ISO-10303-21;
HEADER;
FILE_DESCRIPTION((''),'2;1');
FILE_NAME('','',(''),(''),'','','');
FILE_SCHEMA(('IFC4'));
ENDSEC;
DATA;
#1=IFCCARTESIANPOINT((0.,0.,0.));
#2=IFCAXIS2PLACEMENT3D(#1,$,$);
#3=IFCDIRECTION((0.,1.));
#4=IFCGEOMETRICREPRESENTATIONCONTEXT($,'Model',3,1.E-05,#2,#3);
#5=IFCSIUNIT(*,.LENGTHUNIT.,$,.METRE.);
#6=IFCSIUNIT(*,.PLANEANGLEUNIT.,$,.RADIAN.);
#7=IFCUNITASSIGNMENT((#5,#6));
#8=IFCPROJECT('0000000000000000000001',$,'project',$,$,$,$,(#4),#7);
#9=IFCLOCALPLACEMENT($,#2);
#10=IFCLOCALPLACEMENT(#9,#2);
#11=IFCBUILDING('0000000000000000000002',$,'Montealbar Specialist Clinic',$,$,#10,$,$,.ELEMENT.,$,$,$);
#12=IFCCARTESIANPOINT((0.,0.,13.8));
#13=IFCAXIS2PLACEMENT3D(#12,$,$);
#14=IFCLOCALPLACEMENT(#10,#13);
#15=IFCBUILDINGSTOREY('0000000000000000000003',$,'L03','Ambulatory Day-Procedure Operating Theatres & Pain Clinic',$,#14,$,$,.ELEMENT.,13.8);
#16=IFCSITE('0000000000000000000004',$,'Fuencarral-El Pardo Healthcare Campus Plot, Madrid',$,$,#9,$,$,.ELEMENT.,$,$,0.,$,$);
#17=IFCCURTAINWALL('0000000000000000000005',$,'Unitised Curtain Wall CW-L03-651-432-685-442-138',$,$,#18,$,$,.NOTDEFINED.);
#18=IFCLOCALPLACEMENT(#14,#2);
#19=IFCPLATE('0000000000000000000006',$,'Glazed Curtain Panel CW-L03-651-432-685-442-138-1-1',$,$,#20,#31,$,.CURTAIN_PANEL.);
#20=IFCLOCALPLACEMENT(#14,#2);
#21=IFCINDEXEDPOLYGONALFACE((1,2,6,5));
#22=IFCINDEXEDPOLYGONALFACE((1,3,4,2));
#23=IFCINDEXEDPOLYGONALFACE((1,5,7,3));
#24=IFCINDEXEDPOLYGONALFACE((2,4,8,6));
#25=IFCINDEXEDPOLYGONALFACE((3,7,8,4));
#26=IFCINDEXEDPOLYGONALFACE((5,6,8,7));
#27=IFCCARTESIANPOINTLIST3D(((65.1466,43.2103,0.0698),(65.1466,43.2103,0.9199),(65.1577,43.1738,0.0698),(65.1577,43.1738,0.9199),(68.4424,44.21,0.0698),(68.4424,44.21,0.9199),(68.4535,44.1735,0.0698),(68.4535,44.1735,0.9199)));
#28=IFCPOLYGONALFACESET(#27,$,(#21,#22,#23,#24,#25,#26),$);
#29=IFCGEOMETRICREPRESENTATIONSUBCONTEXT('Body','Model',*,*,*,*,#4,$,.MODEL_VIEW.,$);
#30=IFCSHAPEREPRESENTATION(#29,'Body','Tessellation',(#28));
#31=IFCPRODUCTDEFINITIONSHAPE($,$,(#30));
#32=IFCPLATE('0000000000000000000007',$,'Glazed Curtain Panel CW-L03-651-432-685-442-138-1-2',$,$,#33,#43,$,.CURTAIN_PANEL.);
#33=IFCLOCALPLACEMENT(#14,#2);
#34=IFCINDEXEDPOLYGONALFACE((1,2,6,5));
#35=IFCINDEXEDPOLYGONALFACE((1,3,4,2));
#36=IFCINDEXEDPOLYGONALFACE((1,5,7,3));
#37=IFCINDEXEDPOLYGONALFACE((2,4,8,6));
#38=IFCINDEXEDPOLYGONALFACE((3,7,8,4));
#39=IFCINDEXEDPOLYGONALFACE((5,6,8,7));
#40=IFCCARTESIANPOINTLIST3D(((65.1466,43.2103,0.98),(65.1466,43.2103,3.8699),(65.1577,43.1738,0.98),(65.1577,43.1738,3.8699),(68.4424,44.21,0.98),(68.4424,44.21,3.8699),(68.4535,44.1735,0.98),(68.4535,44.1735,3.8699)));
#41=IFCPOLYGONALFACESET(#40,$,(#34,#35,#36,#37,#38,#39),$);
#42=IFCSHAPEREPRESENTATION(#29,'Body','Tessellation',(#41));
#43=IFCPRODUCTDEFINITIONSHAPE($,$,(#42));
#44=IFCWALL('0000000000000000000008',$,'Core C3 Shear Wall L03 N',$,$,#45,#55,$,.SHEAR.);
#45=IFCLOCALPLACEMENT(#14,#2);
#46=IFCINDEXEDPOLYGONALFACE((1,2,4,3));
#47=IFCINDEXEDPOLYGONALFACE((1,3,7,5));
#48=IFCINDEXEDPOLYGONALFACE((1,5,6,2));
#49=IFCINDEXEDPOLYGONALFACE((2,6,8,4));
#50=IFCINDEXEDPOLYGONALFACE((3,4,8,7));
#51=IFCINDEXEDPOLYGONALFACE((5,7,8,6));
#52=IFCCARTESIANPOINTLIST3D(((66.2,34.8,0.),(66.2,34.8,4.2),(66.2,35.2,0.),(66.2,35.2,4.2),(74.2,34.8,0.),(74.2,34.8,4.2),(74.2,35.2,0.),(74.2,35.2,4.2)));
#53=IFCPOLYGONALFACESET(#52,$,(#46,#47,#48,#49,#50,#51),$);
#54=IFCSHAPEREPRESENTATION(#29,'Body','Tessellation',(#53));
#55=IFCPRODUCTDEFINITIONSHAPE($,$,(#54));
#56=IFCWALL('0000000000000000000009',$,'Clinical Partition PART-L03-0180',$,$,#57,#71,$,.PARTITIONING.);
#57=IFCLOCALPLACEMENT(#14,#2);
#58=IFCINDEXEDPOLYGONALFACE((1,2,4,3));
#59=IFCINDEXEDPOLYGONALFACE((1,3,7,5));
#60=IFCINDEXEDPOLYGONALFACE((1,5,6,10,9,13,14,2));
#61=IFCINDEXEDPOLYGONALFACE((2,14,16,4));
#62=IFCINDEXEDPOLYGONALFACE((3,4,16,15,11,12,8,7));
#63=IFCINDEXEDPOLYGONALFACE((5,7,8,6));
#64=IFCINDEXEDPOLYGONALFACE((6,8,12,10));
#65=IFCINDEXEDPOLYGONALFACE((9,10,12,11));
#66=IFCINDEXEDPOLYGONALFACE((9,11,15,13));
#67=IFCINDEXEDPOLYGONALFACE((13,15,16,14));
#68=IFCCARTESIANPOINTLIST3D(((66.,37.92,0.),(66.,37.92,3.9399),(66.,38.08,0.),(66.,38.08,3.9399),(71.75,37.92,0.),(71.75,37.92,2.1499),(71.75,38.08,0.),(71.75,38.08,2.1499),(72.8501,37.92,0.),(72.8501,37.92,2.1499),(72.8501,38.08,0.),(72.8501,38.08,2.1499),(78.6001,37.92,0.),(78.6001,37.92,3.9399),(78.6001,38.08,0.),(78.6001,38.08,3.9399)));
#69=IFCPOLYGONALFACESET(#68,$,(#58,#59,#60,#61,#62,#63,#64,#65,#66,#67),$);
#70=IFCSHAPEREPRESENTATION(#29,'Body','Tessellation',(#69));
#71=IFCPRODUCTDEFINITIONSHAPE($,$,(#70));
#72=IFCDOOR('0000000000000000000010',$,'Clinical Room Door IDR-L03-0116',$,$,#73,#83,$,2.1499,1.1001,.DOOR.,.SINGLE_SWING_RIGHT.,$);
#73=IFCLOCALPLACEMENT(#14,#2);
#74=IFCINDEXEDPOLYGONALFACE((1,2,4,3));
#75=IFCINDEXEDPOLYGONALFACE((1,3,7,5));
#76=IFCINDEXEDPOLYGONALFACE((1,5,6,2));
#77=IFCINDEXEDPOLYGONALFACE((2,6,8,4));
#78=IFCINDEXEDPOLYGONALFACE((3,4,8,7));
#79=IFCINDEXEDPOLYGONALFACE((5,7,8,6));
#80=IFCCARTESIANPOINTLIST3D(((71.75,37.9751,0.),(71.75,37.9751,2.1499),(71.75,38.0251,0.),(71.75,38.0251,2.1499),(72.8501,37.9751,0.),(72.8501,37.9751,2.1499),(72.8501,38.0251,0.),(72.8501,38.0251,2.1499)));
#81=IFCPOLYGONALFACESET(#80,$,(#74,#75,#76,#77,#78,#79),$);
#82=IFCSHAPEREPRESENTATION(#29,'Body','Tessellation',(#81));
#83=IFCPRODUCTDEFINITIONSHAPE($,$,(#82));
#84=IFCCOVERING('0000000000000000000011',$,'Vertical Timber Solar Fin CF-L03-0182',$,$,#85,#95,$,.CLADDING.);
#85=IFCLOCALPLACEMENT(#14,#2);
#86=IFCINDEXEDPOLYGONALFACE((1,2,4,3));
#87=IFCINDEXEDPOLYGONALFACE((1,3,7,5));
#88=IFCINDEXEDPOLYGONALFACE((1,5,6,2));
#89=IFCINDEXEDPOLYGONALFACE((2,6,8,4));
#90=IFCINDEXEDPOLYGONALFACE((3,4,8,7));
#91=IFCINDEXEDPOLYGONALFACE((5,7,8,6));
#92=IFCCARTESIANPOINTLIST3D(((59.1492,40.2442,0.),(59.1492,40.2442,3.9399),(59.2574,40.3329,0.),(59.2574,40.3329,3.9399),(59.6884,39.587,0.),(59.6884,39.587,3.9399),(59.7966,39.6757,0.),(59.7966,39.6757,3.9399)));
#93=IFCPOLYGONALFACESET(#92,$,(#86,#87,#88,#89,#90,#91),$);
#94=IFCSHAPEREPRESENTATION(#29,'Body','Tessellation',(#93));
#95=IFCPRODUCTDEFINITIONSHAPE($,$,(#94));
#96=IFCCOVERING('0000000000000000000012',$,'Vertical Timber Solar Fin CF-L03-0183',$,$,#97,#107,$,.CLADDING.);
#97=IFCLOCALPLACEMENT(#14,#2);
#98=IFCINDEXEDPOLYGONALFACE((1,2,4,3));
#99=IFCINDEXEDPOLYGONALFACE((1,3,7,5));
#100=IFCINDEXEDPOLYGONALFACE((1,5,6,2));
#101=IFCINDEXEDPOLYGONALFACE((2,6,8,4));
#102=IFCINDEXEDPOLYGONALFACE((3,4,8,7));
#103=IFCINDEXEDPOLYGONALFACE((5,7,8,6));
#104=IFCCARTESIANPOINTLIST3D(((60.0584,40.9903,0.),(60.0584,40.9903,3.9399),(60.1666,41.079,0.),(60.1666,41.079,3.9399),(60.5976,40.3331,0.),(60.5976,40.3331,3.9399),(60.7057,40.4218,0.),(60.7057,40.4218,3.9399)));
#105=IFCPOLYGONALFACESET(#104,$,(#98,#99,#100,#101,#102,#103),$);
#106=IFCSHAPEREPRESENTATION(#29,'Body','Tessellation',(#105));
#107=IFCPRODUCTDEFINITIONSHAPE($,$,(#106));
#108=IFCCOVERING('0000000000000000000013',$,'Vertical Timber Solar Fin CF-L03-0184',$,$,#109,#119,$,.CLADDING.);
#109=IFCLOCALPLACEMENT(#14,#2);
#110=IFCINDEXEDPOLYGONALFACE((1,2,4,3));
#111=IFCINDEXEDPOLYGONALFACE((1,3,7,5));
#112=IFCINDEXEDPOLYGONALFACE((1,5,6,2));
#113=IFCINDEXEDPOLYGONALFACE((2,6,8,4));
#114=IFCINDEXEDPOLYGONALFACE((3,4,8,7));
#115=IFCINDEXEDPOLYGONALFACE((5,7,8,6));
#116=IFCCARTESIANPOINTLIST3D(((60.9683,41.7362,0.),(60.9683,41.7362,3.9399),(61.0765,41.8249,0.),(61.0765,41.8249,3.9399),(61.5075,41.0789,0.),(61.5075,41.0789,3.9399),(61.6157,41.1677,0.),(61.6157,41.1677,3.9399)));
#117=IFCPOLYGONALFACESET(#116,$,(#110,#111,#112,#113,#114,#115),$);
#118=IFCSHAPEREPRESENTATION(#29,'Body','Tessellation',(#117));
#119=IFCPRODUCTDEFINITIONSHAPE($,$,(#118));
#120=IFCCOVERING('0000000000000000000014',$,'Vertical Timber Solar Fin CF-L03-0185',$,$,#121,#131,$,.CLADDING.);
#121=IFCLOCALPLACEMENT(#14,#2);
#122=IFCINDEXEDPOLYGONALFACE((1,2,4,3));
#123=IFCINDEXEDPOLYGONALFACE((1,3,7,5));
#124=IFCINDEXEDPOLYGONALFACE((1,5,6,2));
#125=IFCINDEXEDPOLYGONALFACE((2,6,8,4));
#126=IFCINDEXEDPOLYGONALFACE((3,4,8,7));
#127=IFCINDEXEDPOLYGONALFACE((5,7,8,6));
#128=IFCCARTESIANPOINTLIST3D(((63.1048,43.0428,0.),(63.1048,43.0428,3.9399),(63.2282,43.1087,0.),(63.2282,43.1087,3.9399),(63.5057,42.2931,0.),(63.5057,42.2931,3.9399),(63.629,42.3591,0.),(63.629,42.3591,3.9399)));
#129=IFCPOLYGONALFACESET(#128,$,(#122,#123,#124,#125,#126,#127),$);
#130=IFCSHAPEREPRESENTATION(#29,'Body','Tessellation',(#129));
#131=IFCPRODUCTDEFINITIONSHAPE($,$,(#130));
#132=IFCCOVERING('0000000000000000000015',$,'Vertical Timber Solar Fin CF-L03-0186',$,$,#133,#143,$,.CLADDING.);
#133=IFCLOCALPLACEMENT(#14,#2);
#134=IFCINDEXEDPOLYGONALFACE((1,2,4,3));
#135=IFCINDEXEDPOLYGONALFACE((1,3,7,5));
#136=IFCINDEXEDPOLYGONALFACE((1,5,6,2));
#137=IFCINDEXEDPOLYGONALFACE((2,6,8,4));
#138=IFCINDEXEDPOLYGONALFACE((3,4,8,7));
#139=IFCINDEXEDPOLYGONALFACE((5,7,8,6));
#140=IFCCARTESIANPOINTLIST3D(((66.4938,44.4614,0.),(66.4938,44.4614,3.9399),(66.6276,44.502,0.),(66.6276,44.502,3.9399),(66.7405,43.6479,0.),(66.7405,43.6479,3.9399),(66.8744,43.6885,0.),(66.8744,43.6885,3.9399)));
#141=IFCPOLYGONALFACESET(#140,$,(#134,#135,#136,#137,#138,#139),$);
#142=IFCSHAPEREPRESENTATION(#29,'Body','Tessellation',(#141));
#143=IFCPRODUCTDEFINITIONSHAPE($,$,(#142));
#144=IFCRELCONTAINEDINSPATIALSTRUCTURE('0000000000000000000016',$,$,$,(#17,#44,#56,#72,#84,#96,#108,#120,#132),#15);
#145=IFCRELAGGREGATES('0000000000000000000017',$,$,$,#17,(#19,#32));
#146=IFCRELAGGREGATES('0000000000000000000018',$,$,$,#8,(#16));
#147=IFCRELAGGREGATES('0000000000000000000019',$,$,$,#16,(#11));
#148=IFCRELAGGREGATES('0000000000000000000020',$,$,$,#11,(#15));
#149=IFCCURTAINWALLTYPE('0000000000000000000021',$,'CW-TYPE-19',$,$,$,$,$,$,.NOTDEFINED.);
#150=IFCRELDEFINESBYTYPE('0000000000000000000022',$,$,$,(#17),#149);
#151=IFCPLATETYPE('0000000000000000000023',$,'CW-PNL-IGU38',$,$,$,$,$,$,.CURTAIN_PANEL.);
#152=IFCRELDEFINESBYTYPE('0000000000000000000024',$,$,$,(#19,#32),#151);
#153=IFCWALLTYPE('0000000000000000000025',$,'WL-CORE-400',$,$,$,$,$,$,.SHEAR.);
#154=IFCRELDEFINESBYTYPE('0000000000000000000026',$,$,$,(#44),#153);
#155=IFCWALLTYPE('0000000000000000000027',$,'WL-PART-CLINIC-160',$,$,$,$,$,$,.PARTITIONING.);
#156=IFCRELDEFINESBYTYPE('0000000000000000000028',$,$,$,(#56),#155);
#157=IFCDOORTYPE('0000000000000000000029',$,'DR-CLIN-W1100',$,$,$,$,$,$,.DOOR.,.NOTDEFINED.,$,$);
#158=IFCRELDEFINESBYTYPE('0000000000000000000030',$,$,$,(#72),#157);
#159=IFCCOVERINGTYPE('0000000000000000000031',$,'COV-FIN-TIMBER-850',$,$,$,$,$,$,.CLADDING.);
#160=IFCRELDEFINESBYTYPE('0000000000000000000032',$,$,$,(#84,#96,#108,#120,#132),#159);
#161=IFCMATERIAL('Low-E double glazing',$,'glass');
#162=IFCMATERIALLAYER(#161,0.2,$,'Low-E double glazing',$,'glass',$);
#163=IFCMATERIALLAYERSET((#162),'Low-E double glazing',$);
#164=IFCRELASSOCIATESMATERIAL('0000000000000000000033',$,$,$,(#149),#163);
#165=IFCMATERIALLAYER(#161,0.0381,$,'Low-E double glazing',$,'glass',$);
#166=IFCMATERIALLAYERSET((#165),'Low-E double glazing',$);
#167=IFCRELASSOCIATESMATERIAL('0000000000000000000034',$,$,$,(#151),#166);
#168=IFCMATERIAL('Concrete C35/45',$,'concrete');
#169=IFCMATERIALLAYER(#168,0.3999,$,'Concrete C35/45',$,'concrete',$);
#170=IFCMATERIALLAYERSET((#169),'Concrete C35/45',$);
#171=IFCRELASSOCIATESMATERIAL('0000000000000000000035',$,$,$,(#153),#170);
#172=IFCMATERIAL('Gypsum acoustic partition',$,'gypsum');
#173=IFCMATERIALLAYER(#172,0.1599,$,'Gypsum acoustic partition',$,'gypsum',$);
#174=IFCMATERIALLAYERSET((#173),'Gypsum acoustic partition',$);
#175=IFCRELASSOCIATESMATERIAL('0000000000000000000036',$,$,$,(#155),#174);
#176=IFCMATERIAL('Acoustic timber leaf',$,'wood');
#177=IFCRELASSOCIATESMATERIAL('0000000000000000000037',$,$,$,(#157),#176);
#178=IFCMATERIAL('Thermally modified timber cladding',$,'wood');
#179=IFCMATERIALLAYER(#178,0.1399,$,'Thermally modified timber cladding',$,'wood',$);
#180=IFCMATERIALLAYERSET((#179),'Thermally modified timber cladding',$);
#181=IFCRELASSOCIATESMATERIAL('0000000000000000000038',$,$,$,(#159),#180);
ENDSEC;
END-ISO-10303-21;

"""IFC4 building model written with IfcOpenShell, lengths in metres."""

from ifc_helpers import new_model, si_unit, direction, frame, frame_2d, origin, origin_2d, place, context, subcontext, project, spatial, rectangle, extrude, material, layer, layer_set, type_object, element, fill, aggregate, save


model = new_model("IFC4")

# Units and contexts
model_context = context("Model", 3, precision=1e-05, world=origin(), true_north=direction((0.0, 1.0)))
body_context = subcontext(model_context, "Body", "Model", "MODEL_VIEW")
ifc_project = project(units=[si_unit("LENGTHUNIT", "METRE"), si_unit("PLANEANGLEUNIT", "RADIAN")], contexts=[model_context])

# Site, building, storey
site_placement = place(None, origin())
site = spatial("IfcSite", under=ifc_project, at=site_placement, Name="Fuencarral-El Pardo Healthcare Campus Plot, Madrid", CompositionType="ELEMENT", RefElevation=0.0)
building_placement = place(site_placement, origin())
building = spatial("IfcBuilding", under=site, at=building_placement, Name="Montealbar Specialist Clinic", CompositionType="ELEMENT")
storey_placement = place(building_placement, frame((0.0, 0.0, 13.8)))
storey = spatial("IfcBuildingStorey", under=building, at=storey_placement, Name="L03", Description="Ambulatory Day-Procedure Operating Theatres & Pain Clinic", CompositionType="ELEMENT", Elevation=13.8)

# Shared definitions
ifc_material_1 = material(Name="Low-E double glazing", Category="glass")
ifc_layer_1 = layer(ifc_material_1, 0.2, Name="Low-E double glazing", Category="glass")
ifc_layer_set_1 = layer_set([ifc_layer_1], Name="Low-E double glazing")
curtain_wall_type = type_object("IfcCurtainWallType", Name="CW-TYPE-19", PredefinedType="NOTDEFINED", material=ifc_layer_set_1)

# Curtain wall
curtain_wall_1_placement = place(storey_placement, origin())
curtain_wall_1 = element("IfcCurtainWall", 1, at=curtain_wall_1_placement, inside=storey, type_object=curtain_wall_type, Name="Unitised Curtain Wall CW-L03-651-432-685-442-138", PredefinedType="NOTDEFINED")

# Plates
ifc_layer_2 = layer(ifc_material_1, 0.0381, Name="Low-E double glazing", Category="glass")
ifc_layer_set_2 = layer_set([ifc_layer_2], Name="Low-E double glazing")
plate_type = type_object("IfcPlateType", Name="CW-PNL-IGU38", PredefinedType="CURTAIN_PANEL", material=ifc_layer_set_2)
plate_1_placement = place(storey_placement, frame((66.8, 43.6919, 0.0698), z_axis=(0.0, 0.0, 1.0), x_axis=(0.956948, 0.290259, 0.0)))
plate_1 = element("IfcPlate", 2, at=plate_1_placement, type_object=plate_type, Name="Glazed Curtain Panel CW-L03-651-432-685-442-138-1-1", PredefinedType="CURTAIN_PANEL", context=body_context, shape_type="SweptSolid", body=[
    extrude(rectangle(XDim=3.4441, YDim=0.0381, at=origin_2d()), origin(), (0.0, 0.0, 1.0), 0.8501),
])
plate_2_placement = place(storey_placement, frame((66.8, 43.6919, 0.98), z_axis=(0.0, 0.0, 1.0), x_axis=(0.956948, 0.290259, 0.0)))
plate_2 = element("IfcPlate", 3, at=plate_2_placement, type_object=plate_type, Name="Glazed Curtain Panel CW-L03-651-432-685-442-138-1-2", PredefinedType="CURTAIN_PANEL", context=body_context, shape_type="SweptSolid", body=[
    extrude(rectangle(XDim=3.4441, YDim=0.0381, at=origin_2d()), origin(), (0.0, 0.0, 1.0), 2.8899),
])
aggregate(curtain_wall_1, [plate_1, plate_2])

# Wall
ifc_material_2 = material(Name="Concrete C35/45", Category="concrete")
ifc_layer_3 = layer(ifc_material_2, 0.3999, Name="Concrete C35/45", Category="concrete")
ifc_layer_set_3 = layer_set([ifc_layer_3], Name="Concrete C35/45")
wall_type_1 = type_object("IfcWallType", Name="WL-CORE-400", PredefinedType="SHEAR", material=ifc_layer_set_3)
wall_1_placement = place(storey_placement, frame((66.2, 35.0, 0.0), z_axis=(0.0, 0.0, 1.0), x_axis=(1.0, 0.0, 0.0)))
element("IfcWall", 4, at=wall_1_placement, inside=storey, type_object=wall_type_1, Name="Core C3 Shear Wall L03 N", PredefinedType="SHEAR", context=body_context, shape_type="SweptSolid", body=[
    extrude(rectangle(XDim=8.0, YDim=0.3999, at=frame_2d((4.0, 0.0))), origin(), (0.0, 0.0, 1.0), 4.2),
])

# Wall, opening, door
ifc_material_3 = material(Name="Gypsum acoustic partition", Category="gypsum")
ifc_layer_4 = layer(ifc_material_3, 0.1599, Name="Gypsum acoustic partition", Category="gypsum")
ifc_layer_set_4 = layer_set([ifc_layer_4], Name="Gypsum acoustic partition")
wall_type_2 = type_object("IfcWallType", Name="WL-PART-CLINIC-160", PredefinedType="PARTITIONING", material=ifc_layer_set_4)
wall_2_placement = place(storey_placement, frame((66.0, 38.0, 0.0), z_axis=(0.0, 0.0, 1.0), x_axis=(1.0, 0.0, 0.0)))
wall_2 = element("IfcWall", 5, at=wall_2_placement, inside=storey, type_object=wall_type_2, Name="Clinical Partition PART-L03-0180", PredefinedType="PARTITIONING", context=body_context, shape_type="SweptSolid", body=[
    extrude(rectangle(XDim=12.6001, YDim=0.1599, at=frame_2d((6.3, 0.0))), origin(), (0.0, 0.0, 1.0), 3.9399),
])
opening_placement = place(wall_2_placement, frame((5.75, 0.0, 0.0)))
opening = element("IfcOpeningElement", 6, at=opening_placement, cuts=wall_2, PredefinedType="OPENING", context=body_context, shape_type="SweptSolid", body=[
    extrude(rectangle(XDim=1.1001, YDim=2.1499, at=frame_2d((0.55, 1.075))), frame((0.0, 0.0898, 0.0), z_axis=(0.0, -1.0, 0.0), x_axis=(1.0, 0.0, 0.0)), (0.0, 0.0, 1.0), 0.1799),
])
ifc_material_4 = material(Name="Acoustic timber leaf", Category="wood")
door_type = type_object("IfcDoorType", Name="DR-CLIN-W1100", OperationType="NOTDEFINED", PredefinedType="DOOR", material=ifc_material_4)
door_placement = place(opening_placement, frame((1.1001, 0.0, 0.0), z_axis=(0.0, 0.0, 1.0), x_axis=(-1.0, 0.0, 0.0)))
door = element("IfcDoor", 7, at=door_placement, inside=storey, type_object=door_type, Name="Clinical Room Door IDR-L03-0116", OperationType="SINGLE_SWING_RIGHT", OverallHeight=2.1499, OverallWidth=1.1001, PredefinedType="DOOR", context=body_context, shape_type="SweptSolid", body=[
    extrude(rectangle(XDim=1.1001, YDim=2.1499, at=frame_2d((0.55, 1.075))), frame((0.0, 0.0249, 0.0), z_axis=(0.0, -1.0, 0.0), x_axis=(1.0, 0.0, 0.0)), (0.0, 0.0, 1.0), 0.05),
])
fill(opening, door)

# Coverings
ifc_material_5 = material(Name="Thermally modified timber cladding", Category="wood")
ifc_layer_5 = layer(ifc_material_5, 0.1399, Name="Thermally modified timber cladding", Category="wood")
ifc_layer_set_5 = layer_set([ifc_layer_5], Name="Thermally modified timber cladding")
covering_type = type_object("IfcCoveringType", Name="COV-FIN-TIMBER-850", PredefinedType="CLADDING", material=ifc_layer_set_5)
for number, where, z_axis, x_axis, name in (
    (8, (59.4729, 39.96, 0.0), (0.0, 0.0, 1.0), (-0.634256, 0.773123, 0.0), "Vertical Timber Solar Fin CF-L03-0182"),
    (9, (60.3821, 40.7061, 0.0), (0.0, 0.0, 1.0), (-0.634256, 0.773123, 0.0), "Vertical Timber Solar Fin CF-L03-0183"),
    (10, (61.292, 41.4519, 0.0), (0.0, 0.0, 1.0), (-0.634256, 0.773123, 0.0), "Vertical Timber Solar Fin CF-L03-0184"),
    (11, (63.3669, 42.7009, 0.0), (0.0, 0.0, 1.0), (-0.471529, 0.88185, 0.0), "Vertical Timber Solar Fin CF-L03-0185"),
    (12, (66.6841, 44.075, 0.0), (0.0, 0.0, 1.0), (-0.290259, 0.956948, 0.0), "Vertical Timber Solar Fin CF-L03-0186"),
):
    element("IfcCovering", number, at=place(storey_placement, frame(where, z_axis=z_axis, x_axis=x_axis)), inside=storey, type_object=covering_type, Name=name, PredefinedType="CLADDING", context=body_context, shape_type="SweptSolid", body=[
        extrude(rectangle(XDim=0.8501, YDim=0.1399, at=origin_2d()), origin(), (0.0, 0.0, 1.0), 3.9399),
    ])

save(model, "model.ifc")
